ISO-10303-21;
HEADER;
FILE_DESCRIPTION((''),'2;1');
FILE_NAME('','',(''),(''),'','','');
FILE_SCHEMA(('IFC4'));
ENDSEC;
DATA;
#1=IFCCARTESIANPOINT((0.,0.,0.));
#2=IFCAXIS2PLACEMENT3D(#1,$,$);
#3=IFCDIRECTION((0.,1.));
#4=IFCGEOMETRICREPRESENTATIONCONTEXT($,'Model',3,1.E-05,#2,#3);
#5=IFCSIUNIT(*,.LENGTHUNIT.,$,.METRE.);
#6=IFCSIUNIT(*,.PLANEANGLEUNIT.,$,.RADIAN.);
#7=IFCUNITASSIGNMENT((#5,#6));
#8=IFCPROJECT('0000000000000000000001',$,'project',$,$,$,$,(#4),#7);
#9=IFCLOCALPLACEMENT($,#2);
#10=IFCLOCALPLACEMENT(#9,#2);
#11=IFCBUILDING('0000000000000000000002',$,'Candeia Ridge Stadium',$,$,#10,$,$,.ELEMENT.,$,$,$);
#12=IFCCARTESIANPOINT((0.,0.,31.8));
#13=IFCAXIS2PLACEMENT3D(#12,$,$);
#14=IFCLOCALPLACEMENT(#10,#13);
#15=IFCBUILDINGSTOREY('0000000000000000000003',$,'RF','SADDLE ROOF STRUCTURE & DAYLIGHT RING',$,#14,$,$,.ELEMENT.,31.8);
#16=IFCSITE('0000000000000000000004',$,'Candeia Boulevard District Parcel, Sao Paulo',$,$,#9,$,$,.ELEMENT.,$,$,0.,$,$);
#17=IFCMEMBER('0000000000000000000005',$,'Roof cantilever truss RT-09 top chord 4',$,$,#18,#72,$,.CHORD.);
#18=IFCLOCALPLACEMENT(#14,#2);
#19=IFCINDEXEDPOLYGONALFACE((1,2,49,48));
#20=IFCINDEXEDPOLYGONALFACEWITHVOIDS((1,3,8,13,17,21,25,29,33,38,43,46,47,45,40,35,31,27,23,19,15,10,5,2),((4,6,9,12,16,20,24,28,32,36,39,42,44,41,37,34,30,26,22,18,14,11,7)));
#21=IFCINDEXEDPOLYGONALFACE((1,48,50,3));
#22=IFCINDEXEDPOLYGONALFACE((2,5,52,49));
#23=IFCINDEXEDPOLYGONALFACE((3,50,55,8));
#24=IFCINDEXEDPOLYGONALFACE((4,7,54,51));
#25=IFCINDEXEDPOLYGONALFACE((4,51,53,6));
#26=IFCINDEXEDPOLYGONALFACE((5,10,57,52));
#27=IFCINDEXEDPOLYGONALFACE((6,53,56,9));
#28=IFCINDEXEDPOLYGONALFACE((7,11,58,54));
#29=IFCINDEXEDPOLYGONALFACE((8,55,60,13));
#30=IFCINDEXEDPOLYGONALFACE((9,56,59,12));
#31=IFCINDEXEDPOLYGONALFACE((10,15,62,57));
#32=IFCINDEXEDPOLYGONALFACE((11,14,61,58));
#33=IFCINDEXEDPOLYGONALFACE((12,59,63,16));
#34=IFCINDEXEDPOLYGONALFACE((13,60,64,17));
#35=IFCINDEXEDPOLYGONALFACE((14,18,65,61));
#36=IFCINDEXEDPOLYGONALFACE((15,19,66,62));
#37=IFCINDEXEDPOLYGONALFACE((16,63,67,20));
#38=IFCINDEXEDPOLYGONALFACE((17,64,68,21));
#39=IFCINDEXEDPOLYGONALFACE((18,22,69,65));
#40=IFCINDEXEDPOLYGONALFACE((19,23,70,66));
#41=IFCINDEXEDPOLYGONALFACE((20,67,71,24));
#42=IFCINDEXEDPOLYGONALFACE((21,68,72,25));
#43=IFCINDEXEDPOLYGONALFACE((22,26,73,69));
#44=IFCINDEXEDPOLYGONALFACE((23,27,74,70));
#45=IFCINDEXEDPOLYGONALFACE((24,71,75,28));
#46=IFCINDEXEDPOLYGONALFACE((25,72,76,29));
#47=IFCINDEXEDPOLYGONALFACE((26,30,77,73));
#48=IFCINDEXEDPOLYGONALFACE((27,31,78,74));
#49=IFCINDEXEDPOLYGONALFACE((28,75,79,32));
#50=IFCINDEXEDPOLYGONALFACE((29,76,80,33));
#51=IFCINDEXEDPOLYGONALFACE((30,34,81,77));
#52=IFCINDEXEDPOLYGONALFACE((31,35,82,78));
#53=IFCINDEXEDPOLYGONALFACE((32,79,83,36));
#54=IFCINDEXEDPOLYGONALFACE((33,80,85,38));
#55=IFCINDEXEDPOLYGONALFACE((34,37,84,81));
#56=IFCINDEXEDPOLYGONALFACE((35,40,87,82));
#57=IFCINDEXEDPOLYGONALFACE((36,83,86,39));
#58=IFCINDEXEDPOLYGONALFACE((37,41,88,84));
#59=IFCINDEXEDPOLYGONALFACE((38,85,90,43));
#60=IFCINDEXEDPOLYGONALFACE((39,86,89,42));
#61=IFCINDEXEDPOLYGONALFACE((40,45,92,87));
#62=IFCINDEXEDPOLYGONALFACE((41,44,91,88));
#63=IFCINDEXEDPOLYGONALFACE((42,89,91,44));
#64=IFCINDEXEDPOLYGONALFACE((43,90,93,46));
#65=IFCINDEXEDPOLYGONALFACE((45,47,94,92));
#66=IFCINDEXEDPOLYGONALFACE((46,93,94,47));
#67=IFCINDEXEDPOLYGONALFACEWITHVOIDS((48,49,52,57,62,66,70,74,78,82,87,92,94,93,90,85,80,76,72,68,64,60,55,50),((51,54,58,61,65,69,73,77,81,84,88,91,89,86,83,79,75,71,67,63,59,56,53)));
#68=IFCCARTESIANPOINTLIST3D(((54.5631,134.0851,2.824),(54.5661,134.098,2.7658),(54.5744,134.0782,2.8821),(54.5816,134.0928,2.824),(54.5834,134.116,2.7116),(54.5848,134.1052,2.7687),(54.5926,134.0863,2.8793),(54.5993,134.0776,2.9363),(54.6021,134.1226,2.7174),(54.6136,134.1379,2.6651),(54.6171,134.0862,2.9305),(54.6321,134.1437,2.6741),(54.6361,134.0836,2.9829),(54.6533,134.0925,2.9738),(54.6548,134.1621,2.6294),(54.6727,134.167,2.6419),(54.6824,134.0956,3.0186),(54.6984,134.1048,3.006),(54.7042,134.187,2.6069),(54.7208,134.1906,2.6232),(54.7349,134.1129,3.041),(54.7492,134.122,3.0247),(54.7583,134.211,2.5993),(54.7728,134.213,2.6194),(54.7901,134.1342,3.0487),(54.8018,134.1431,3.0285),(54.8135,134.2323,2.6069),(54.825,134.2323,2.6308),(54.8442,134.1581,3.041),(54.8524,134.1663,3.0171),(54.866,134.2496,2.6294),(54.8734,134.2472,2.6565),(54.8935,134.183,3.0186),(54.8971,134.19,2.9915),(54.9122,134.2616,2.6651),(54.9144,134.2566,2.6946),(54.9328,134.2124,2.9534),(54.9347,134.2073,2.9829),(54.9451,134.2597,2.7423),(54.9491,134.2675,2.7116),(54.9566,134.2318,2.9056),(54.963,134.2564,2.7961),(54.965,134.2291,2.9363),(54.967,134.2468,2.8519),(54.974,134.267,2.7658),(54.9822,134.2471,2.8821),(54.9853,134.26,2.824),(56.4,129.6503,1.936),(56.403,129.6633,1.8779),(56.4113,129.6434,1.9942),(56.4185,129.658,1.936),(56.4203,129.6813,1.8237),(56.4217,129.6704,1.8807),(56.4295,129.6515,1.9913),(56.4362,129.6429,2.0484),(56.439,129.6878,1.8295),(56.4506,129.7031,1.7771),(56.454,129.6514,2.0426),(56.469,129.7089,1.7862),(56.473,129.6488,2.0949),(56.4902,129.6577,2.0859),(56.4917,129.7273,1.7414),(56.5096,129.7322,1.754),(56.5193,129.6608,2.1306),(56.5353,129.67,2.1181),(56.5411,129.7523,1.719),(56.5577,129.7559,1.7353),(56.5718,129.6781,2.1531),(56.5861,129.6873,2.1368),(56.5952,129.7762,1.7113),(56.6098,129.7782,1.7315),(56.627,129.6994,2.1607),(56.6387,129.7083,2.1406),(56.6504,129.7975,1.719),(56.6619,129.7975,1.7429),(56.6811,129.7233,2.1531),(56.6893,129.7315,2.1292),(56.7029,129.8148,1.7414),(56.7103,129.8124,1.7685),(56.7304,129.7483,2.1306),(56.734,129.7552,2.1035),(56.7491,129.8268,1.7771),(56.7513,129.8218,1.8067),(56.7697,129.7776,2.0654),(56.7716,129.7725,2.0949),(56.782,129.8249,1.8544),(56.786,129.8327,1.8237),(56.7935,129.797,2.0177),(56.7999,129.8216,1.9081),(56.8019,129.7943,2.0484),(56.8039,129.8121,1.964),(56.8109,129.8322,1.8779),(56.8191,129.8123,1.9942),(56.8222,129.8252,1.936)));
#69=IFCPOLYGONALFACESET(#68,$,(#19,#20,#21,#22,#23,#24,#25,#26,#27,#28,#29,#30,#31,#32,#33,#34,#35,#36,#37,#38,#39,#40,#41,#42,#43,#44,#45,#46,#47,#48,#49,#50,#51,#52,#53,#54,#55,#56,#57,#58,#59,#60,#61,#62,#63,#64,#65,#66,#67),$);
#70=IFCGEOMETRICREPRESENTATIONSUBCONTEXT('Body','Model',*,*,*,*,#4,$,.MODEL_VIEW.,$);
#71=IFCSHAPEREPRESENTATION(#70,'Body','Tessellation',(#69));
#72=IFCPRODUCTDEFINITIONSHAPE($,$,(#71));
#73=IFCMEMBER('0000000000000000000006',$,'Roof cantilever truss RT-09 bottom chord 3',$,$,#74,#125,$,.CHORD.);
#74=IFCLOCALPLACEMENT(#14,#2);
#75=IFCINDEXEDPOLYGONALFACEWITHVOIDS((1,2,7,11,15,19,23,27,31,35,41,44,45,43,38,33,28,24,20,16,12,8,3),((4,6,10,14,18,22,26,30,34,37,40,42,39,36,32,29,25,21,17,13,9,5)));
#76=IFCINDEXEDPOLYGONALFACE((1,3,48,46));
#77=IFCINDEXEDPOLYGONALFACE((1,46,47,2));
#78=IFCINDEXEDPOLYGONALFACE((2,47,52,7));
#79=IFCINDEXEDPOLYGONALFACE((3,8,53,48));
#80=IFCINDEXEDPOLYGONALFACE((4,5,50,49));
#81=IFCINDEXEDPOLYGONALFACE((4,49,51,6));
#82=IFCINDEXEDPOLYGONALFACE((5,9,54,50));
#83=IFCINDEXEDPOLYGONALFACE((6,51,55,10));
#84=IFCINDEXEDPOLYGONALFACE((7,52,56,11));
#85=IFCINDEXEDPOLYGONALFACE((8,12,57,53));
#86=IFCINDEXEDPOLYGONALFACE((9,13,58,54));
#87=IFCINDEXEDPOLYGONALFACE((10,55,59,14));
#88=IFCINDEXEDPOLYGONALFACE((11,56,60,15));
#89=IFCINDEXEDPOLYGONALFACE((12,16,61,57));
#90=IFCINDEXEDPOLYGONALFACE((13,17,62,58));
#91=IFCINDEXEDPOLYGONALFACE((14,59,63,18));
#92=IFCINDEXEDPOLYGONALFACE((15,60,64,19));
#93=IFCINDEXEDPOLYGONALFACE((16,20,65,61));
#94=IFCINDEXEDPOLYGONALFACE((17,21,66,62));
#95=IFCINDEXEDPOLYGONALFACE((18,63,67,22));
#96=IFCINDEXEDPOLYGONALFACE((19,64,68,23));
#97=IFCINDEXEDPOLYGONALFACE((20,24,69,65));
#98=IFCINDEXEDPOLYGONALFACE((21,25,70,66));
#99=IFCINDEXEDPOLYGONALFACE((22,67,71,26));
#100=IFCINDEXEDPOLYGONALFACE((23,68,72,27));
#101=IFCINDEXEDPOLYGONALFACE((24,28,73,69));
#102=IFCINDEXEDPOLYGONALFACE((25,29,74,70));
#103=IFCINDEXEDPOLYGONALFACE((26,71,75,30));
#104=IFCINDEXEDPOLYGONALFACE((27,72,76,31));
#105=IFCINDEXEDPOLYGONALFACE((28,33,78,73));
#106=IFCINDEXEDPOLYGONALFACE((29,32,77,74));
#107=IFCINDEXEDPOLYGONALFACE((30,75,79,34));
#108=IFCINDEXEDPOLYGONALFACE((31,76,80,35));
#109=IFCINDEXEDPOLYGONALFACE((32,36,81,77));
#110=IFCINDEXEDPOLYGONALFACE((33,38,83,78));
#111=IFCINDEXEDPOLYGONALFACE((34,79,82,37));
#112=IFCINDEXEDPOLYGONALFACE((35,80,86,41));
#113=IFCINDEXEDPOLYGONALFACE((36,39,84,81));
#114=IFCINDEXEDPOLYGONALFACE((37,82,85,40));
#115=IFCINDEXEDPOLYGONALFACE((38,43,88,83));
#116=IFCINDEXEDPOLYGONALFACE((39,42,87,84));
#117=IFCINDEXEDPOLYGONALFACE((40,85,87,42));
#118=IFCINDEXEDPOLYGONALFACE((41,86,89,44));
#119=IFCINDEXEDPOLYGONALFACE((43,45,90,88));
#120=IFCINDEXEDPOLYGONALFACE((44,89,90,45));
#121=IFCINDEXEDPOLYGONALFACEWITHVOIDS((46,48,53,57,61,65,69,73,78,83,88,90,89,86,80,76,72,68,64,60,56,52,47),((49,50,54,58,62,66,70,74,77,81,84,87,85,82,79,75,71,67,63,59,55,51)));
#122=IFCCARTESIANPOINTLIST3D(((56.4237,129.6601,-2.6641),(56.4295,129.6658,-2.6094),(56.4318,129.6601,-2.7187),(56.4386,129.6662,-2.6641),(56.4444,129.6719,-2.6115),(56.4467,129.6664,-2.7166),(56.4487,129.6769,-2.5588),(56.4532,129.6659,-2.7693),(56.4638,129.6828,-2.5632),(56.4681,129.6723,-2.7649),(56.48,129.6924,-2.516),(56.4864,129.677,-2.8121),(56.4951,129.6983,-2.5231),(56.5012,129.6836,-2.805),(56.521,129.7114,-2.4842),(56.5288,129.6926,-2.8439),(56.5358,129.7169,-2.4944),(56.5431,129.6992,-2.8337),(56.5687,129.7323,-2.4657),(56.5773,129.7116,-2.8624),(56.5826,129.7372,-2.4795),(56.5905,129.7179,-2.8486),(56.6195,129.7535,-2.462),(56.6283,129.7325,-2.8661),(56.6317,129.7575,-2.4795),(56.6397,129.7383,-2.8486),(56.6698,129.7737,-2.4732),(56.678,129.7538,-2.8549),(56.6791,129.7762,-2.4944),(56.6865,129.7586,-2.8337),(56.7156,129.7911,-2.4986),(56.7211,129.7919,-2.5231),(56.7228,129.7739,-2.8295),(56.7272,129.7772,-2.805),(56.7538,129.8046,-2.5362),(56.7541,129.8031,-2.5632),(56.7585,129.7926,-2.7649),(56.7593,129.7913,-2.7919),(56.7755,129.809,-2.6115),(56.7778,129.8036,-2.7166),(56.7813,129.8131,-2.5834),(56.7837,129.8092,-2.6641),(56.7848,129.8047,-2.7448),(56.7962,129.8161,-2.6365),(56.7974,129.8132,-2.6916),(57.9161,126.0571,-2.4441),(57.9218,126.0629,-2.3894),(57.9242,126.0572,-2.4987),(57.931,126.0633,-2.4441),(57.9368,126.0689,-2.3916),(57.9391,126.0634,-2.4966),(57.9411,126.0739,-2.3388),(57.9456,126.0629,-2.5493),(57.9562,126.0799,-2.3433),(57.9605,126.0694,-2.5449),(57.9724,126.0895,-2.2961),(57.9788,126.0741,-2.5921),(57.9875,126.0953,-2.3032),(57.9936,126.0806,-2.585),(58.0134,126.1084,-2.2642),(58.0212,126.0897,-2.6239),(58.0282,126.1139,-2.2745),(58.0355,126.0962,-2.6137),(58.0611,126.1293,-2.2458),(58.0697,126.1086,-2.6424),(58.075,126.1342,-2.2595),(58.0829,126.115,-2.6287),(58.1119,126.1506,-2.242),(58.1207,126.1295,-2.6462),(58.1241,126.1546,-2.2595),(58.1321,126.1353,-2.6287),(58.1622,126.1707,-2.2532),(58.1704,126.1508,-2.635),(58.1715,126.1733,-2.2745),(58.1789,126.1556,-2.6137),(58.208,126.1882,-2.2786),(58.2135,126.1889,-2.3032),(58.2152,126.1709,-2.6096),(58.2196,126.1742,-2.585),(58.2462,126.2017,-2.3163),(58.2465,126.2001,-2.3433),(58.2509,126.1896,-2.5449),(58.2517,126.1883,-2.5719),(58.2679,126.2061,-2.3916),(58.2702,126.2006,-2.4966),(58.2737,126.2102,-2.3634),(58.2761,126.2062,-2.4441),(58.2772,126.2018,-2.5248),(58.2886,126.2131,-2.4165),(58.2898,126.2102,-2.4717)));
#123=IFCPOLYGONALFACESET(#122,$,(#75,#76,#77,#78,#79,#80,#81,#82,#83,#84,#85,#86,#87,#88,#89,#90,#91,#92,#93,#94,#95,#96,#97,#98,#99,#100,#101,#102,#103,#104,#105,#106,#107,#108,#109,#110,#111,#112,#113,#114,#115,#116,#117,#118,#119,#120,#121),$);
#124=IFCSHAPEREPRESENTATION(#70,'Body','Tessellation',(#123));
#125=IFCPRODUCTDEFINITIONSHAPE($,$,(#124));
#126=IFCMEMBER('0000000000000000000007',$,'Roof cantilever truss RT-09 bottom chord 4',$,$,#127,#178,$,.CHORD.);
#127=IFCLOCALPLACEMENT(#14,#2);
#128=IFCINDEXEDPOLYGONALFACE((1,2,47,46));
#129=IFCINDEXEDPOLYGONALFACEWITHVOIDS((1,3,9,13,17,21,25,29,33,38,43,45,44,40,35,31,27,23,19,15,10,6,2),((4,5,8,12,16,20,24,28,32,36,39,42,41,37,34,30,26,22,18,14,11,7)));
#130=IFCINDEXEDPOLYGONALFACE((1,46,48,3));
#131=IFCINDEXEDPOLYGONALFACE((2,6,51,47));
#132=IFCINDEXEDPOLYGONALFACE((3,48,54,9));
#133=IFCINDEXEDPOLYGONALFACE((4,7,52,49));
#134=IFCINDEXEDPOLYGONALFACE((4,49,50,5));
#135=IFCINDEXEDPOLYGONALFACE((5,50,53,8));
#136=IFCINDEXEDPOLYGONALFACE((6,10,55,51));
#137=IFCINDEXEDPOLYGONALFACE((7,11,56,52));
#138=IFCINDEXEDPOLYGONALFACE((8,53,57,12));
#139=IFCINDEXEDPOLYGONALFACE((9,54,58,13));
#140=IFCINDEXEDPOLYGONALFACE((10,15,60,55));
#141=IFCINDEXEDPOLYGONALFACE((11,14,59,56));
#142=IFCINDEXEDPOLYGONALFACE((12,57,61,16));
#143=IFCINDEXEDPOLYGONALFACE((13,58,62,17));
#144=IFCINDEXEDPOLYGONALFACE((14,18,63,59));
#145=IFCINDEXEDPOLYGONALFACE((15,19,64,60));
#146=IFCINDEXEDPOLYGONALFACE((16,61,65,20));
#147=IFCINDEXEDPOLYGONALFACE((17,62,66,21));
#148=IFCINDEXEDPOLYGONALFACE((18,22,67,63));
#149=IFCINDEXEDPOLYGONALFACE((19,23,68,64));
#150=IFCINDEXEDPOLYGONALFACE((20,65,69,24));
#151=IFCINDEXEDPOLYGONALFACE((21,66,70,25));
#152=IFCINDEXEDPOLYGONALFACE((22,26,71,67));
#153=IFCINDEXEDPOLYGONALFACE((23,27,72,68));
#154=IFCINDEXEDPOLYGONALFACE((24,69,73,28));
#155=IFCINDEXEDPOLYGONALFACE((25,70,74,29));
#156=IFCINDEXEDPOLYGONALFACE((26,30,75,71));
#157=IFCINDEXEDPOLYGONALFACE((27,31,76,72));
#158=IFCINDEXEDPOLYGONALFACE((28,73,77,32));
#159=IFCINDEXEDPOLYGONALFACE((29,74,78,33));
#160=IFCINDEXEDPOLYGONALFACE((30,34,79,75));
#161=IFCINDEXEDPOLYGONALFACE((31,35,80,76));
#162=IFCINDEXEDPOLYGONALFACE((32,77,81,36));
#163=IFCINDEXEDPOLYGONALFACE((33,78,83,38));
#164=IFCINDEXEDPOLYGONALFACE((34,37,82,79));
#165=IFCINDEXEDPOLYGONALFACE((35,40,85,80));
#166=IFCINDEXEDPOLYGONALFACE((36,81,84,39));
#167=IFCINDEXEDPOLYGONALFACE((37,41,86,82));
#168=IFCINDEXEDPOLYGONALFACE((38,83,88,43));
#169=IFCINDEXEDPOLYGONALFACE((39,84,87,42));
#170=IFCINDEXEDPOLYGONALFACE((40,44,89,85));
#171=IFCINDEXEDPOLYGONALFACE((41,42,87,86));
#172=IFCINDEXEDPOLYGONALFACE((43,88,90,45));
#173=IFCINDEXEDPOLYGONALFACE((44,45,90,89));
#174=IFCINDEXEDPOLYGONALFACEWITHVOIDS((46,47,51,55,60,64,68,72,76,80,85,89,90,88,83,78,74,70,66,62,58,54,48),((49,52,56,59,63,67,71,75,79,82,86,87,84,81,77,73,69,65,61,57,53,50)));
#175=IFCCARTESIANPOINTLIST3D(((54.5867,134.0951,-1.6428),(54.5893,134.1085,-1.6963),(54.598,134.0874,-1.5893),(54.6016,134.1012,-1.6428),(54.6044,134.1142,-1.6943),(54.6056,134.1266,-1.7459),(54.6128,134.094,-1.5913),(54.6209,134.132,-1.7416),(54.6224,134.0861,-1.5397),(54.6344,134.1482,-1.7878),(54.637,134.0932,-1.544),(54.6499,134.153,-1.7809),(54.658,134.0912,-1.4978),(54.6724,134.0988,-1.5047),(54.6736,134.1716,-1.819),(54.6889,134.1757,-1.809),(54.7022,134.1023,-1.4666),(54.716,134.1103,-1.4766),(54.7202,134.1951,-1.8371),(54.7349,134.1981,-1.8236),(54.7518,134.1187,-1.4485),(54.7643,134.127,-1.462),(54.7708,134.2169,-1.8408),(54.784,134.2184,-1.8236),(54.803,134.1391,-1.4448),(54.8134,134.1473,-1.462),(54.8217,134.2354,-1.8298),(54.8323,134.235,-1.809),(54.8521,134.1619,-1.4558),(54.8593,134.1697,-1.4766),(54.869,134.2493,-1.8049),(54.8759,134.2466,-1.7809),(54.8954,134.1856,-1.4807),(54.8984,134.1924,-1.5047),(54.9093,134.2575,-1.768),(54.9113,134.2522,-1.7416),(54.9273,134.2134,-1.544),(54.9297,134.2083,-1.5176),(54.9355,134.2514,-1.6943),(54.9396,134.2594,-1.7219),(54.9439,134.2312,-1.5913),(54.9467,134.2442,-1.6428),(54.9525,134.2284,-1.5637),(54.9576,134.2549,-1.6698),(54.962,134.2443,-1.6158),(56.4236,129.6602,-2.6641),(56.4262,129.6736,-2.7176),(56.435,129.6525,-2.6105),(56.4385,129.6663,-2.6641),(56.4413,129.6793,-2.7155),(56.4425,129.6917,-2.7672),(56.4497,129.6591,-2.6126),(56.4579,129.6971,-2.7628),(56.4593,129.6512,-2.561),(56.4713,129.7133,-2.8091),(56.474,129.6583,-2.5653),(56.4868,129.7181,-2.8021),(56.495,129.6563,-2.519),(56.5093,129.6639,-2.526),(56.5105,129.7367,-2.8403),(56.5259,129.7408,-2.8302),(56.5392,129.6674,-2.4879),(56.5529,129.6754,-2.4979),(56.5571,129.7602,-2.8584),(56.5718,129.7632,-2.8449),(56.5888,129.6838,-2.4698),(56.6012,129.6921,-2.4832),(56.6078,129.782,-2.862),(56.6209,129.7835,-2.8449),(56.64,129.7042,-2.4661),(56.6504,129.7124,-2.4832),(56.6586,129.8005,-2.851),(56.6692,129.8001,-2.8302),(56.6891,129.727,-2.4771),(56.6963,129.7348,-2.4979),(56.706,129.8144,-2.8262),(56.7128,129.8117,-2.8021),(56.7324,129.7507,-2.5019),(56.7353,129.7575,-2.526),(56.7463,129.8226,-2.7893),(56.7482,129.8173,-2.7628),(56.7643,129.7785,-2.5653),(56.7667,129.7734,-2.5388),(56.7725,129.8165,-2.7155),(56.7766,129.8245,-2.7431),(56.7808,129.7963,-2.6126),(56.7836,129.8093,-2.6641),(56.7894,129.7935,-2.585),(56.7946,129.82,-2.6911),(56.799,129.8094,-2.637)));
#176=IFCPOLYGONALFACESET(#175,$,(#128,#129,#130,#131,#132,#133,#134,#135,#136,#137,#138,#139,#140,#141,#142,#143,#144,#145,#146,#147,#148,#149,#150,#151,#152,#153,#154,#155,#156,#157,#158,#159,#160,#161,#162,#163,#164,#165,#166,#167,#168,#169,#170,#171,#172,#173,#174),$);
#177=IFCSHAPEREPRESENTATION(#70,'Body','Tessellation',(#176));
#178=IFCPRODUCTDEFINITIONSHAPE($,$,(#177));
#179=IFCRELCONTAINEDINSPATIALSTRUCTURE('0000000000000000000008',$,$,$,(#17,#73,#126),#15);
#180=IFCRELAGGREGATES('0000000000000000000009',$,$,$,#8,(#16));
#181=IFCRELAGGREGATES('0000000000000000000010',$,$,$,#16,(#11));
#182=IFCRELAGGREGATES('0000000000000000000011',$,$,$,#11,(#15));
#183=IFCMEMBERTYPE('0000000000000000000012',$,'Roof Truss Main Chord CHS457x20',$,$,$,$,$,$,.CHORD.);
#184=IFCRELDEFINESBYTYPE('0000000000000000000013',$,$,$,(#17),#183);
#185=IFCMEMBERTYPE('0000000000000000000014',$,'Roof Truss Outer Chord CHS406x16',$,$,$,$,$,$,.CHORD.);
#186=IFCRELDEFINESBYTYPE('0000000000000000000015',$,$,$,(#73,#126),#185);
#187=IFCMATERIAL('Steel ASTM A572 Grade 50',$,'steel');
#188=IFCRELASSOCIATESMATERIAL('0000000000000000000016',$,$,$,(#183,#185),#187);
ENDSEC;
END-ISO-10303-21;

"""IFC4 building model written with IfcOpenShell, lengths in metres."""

from ifc_helpers import new_model, si_unit, direction, frame, origin, origin_2d, place, context, subcontext, project, spatial, hollow_circle, extrude, material, material_profile, profile_set, type_object, element, save


model = new_model("IFC4")

# Units and contexts
model_context = context("Model", 3, precision=1e-05, world=origin(), true_north=direction((0.0, 1.0)))
body_context = subcontext(model_context, "Body", "Model", "MODEL_VIEW")
ifc_project = project(units=[si_unit("LENGTHUNIT", "METRE"), si_unit("PLANEANGLEUNIT", "RADIAN")], contexts=[model_context])

# Site, building, storey
site_placement = place(None, origin())
site = spatial("IfcSite", under=ifc_project, at=site_placement, Name="Candeia Boulevard District Parcel, Sao Paulo", CompositionType="ELEMENT", RefElevation=0.0)
building_placement = place(site_placement, origin())
building = spatial("IfcBuilding", under=site, at=building_placement, Name="Candeia Ridge Stadium", CompositionType="ELEMENT")
storey_placement = place(building_placement, frame((0.0, 0.0, 31.8)))
storey = spatial("IfcBuildingStorey", under=building, at=storey_placement, Name="RF", Description="SADDLE ROOF STRUCTURE & DAYLIGHT RING", CompositionType="ELEMENT", Elevation=31.8)

# Shared definitions
ifc_material_1 = material(Name="Steel ASTM A572 Grade 50", Category="steel")

# Members
ifc_material_profile_1 = material_profile(ifc_material_1, hollow_circle(Radius=0.2285, WallThickness=0.02, at=origin_2d()), Name="CHS457x20", Category="steel")
ifc_profile_set_1 = profile_set([ifc_material_profile_1], Name="Steel ASTM A572 Grade 50")
member_type_1 = type_object("IfcMemberType", Name="Roof Truss Main Chord CHS457x20", PredefinedType="CHORD", material=ifc_profile_set_1)
member_1_placement = place(storey_placement, frame((56.6111, 129.7378, 1.936), z_axis=(-0.376291, 0.908471, 0.181894), x_axis=(-0.923883, -0.382675, 0.0)))
element("IfcMember", 1, at=member_1_placement, inside=storey, type_object=member_type_1, Name="Roof cantilever truss RT-09 top chord 4", PredefinedType="CHORD", context=body_context, shape_type="SweptSolid", body=[
    extrude(hollow_circle(Radius=0.2285, WallThickness=0.02, at=origin_2d()), origin(), (0.0, 0.0, 1.0), 4.8816),
])
ifc_material_profile_2 = material_profile(ifc_material_1, hollow_circle(Radius=0.2029, WallThickness=0.0161, at=origin_2d()), Name="CHS406x16", Category="steel")
ifc_profile_set_2 = profile_set([ifc_material_profile_2], Name="Steel ASTM A572 Grade 50")
member_type_2 = type_object("IfcMemberType", Name="Roof Truss Outer Chord CHS406x16", PredefinedType="CHORD", material=ifc_profile_set_2)
member_2_placement = place(storey_placement, frame((58.1035, 126.1348, -2.4441), z_axis=(-0.382078, 0.922413, -0.056315), x_axis=(-0.923879, -0.382685, 0.0)))
element("IfcMember", 2, at=member_2_placement, inside=storey, type_object=member_type_2, Name="Roof cantilever truss RT-09 bottom chord 3", PredefinedType="CHORD", context=body_context, shape_type="SweptSolid", body=[
    extrude(hollow_circle(Radius=0.2029, WallThickness=0.0161, at=origin_2d()), origin(), (0.0, 0.0, 1.0), 3.906),
])
member_3_placement = place(storey_placement, frame((56.6111, 129.7378, -2.6641), z_axis=(-0.374298, 0.903658, 0.208093), x_axis=(-0.923883, -0.382675, 0.0)))
element("IfcMember", 3, at=member_3_placement, inside=storey, type_object=member_type_2, Name="Roof cantilever truss RT-09 bottom chord 4", PredefinedType="CHORD", context=body_context, shape_type="SweptSolid", body=[
    extrude(hollow_circle(Radius=0.2029, WallThickness=0.0161, at=origin_2d()), origin(), (0.0, 0.0, 1.0), 4.9077),
])

save(model, "model.ifc")
